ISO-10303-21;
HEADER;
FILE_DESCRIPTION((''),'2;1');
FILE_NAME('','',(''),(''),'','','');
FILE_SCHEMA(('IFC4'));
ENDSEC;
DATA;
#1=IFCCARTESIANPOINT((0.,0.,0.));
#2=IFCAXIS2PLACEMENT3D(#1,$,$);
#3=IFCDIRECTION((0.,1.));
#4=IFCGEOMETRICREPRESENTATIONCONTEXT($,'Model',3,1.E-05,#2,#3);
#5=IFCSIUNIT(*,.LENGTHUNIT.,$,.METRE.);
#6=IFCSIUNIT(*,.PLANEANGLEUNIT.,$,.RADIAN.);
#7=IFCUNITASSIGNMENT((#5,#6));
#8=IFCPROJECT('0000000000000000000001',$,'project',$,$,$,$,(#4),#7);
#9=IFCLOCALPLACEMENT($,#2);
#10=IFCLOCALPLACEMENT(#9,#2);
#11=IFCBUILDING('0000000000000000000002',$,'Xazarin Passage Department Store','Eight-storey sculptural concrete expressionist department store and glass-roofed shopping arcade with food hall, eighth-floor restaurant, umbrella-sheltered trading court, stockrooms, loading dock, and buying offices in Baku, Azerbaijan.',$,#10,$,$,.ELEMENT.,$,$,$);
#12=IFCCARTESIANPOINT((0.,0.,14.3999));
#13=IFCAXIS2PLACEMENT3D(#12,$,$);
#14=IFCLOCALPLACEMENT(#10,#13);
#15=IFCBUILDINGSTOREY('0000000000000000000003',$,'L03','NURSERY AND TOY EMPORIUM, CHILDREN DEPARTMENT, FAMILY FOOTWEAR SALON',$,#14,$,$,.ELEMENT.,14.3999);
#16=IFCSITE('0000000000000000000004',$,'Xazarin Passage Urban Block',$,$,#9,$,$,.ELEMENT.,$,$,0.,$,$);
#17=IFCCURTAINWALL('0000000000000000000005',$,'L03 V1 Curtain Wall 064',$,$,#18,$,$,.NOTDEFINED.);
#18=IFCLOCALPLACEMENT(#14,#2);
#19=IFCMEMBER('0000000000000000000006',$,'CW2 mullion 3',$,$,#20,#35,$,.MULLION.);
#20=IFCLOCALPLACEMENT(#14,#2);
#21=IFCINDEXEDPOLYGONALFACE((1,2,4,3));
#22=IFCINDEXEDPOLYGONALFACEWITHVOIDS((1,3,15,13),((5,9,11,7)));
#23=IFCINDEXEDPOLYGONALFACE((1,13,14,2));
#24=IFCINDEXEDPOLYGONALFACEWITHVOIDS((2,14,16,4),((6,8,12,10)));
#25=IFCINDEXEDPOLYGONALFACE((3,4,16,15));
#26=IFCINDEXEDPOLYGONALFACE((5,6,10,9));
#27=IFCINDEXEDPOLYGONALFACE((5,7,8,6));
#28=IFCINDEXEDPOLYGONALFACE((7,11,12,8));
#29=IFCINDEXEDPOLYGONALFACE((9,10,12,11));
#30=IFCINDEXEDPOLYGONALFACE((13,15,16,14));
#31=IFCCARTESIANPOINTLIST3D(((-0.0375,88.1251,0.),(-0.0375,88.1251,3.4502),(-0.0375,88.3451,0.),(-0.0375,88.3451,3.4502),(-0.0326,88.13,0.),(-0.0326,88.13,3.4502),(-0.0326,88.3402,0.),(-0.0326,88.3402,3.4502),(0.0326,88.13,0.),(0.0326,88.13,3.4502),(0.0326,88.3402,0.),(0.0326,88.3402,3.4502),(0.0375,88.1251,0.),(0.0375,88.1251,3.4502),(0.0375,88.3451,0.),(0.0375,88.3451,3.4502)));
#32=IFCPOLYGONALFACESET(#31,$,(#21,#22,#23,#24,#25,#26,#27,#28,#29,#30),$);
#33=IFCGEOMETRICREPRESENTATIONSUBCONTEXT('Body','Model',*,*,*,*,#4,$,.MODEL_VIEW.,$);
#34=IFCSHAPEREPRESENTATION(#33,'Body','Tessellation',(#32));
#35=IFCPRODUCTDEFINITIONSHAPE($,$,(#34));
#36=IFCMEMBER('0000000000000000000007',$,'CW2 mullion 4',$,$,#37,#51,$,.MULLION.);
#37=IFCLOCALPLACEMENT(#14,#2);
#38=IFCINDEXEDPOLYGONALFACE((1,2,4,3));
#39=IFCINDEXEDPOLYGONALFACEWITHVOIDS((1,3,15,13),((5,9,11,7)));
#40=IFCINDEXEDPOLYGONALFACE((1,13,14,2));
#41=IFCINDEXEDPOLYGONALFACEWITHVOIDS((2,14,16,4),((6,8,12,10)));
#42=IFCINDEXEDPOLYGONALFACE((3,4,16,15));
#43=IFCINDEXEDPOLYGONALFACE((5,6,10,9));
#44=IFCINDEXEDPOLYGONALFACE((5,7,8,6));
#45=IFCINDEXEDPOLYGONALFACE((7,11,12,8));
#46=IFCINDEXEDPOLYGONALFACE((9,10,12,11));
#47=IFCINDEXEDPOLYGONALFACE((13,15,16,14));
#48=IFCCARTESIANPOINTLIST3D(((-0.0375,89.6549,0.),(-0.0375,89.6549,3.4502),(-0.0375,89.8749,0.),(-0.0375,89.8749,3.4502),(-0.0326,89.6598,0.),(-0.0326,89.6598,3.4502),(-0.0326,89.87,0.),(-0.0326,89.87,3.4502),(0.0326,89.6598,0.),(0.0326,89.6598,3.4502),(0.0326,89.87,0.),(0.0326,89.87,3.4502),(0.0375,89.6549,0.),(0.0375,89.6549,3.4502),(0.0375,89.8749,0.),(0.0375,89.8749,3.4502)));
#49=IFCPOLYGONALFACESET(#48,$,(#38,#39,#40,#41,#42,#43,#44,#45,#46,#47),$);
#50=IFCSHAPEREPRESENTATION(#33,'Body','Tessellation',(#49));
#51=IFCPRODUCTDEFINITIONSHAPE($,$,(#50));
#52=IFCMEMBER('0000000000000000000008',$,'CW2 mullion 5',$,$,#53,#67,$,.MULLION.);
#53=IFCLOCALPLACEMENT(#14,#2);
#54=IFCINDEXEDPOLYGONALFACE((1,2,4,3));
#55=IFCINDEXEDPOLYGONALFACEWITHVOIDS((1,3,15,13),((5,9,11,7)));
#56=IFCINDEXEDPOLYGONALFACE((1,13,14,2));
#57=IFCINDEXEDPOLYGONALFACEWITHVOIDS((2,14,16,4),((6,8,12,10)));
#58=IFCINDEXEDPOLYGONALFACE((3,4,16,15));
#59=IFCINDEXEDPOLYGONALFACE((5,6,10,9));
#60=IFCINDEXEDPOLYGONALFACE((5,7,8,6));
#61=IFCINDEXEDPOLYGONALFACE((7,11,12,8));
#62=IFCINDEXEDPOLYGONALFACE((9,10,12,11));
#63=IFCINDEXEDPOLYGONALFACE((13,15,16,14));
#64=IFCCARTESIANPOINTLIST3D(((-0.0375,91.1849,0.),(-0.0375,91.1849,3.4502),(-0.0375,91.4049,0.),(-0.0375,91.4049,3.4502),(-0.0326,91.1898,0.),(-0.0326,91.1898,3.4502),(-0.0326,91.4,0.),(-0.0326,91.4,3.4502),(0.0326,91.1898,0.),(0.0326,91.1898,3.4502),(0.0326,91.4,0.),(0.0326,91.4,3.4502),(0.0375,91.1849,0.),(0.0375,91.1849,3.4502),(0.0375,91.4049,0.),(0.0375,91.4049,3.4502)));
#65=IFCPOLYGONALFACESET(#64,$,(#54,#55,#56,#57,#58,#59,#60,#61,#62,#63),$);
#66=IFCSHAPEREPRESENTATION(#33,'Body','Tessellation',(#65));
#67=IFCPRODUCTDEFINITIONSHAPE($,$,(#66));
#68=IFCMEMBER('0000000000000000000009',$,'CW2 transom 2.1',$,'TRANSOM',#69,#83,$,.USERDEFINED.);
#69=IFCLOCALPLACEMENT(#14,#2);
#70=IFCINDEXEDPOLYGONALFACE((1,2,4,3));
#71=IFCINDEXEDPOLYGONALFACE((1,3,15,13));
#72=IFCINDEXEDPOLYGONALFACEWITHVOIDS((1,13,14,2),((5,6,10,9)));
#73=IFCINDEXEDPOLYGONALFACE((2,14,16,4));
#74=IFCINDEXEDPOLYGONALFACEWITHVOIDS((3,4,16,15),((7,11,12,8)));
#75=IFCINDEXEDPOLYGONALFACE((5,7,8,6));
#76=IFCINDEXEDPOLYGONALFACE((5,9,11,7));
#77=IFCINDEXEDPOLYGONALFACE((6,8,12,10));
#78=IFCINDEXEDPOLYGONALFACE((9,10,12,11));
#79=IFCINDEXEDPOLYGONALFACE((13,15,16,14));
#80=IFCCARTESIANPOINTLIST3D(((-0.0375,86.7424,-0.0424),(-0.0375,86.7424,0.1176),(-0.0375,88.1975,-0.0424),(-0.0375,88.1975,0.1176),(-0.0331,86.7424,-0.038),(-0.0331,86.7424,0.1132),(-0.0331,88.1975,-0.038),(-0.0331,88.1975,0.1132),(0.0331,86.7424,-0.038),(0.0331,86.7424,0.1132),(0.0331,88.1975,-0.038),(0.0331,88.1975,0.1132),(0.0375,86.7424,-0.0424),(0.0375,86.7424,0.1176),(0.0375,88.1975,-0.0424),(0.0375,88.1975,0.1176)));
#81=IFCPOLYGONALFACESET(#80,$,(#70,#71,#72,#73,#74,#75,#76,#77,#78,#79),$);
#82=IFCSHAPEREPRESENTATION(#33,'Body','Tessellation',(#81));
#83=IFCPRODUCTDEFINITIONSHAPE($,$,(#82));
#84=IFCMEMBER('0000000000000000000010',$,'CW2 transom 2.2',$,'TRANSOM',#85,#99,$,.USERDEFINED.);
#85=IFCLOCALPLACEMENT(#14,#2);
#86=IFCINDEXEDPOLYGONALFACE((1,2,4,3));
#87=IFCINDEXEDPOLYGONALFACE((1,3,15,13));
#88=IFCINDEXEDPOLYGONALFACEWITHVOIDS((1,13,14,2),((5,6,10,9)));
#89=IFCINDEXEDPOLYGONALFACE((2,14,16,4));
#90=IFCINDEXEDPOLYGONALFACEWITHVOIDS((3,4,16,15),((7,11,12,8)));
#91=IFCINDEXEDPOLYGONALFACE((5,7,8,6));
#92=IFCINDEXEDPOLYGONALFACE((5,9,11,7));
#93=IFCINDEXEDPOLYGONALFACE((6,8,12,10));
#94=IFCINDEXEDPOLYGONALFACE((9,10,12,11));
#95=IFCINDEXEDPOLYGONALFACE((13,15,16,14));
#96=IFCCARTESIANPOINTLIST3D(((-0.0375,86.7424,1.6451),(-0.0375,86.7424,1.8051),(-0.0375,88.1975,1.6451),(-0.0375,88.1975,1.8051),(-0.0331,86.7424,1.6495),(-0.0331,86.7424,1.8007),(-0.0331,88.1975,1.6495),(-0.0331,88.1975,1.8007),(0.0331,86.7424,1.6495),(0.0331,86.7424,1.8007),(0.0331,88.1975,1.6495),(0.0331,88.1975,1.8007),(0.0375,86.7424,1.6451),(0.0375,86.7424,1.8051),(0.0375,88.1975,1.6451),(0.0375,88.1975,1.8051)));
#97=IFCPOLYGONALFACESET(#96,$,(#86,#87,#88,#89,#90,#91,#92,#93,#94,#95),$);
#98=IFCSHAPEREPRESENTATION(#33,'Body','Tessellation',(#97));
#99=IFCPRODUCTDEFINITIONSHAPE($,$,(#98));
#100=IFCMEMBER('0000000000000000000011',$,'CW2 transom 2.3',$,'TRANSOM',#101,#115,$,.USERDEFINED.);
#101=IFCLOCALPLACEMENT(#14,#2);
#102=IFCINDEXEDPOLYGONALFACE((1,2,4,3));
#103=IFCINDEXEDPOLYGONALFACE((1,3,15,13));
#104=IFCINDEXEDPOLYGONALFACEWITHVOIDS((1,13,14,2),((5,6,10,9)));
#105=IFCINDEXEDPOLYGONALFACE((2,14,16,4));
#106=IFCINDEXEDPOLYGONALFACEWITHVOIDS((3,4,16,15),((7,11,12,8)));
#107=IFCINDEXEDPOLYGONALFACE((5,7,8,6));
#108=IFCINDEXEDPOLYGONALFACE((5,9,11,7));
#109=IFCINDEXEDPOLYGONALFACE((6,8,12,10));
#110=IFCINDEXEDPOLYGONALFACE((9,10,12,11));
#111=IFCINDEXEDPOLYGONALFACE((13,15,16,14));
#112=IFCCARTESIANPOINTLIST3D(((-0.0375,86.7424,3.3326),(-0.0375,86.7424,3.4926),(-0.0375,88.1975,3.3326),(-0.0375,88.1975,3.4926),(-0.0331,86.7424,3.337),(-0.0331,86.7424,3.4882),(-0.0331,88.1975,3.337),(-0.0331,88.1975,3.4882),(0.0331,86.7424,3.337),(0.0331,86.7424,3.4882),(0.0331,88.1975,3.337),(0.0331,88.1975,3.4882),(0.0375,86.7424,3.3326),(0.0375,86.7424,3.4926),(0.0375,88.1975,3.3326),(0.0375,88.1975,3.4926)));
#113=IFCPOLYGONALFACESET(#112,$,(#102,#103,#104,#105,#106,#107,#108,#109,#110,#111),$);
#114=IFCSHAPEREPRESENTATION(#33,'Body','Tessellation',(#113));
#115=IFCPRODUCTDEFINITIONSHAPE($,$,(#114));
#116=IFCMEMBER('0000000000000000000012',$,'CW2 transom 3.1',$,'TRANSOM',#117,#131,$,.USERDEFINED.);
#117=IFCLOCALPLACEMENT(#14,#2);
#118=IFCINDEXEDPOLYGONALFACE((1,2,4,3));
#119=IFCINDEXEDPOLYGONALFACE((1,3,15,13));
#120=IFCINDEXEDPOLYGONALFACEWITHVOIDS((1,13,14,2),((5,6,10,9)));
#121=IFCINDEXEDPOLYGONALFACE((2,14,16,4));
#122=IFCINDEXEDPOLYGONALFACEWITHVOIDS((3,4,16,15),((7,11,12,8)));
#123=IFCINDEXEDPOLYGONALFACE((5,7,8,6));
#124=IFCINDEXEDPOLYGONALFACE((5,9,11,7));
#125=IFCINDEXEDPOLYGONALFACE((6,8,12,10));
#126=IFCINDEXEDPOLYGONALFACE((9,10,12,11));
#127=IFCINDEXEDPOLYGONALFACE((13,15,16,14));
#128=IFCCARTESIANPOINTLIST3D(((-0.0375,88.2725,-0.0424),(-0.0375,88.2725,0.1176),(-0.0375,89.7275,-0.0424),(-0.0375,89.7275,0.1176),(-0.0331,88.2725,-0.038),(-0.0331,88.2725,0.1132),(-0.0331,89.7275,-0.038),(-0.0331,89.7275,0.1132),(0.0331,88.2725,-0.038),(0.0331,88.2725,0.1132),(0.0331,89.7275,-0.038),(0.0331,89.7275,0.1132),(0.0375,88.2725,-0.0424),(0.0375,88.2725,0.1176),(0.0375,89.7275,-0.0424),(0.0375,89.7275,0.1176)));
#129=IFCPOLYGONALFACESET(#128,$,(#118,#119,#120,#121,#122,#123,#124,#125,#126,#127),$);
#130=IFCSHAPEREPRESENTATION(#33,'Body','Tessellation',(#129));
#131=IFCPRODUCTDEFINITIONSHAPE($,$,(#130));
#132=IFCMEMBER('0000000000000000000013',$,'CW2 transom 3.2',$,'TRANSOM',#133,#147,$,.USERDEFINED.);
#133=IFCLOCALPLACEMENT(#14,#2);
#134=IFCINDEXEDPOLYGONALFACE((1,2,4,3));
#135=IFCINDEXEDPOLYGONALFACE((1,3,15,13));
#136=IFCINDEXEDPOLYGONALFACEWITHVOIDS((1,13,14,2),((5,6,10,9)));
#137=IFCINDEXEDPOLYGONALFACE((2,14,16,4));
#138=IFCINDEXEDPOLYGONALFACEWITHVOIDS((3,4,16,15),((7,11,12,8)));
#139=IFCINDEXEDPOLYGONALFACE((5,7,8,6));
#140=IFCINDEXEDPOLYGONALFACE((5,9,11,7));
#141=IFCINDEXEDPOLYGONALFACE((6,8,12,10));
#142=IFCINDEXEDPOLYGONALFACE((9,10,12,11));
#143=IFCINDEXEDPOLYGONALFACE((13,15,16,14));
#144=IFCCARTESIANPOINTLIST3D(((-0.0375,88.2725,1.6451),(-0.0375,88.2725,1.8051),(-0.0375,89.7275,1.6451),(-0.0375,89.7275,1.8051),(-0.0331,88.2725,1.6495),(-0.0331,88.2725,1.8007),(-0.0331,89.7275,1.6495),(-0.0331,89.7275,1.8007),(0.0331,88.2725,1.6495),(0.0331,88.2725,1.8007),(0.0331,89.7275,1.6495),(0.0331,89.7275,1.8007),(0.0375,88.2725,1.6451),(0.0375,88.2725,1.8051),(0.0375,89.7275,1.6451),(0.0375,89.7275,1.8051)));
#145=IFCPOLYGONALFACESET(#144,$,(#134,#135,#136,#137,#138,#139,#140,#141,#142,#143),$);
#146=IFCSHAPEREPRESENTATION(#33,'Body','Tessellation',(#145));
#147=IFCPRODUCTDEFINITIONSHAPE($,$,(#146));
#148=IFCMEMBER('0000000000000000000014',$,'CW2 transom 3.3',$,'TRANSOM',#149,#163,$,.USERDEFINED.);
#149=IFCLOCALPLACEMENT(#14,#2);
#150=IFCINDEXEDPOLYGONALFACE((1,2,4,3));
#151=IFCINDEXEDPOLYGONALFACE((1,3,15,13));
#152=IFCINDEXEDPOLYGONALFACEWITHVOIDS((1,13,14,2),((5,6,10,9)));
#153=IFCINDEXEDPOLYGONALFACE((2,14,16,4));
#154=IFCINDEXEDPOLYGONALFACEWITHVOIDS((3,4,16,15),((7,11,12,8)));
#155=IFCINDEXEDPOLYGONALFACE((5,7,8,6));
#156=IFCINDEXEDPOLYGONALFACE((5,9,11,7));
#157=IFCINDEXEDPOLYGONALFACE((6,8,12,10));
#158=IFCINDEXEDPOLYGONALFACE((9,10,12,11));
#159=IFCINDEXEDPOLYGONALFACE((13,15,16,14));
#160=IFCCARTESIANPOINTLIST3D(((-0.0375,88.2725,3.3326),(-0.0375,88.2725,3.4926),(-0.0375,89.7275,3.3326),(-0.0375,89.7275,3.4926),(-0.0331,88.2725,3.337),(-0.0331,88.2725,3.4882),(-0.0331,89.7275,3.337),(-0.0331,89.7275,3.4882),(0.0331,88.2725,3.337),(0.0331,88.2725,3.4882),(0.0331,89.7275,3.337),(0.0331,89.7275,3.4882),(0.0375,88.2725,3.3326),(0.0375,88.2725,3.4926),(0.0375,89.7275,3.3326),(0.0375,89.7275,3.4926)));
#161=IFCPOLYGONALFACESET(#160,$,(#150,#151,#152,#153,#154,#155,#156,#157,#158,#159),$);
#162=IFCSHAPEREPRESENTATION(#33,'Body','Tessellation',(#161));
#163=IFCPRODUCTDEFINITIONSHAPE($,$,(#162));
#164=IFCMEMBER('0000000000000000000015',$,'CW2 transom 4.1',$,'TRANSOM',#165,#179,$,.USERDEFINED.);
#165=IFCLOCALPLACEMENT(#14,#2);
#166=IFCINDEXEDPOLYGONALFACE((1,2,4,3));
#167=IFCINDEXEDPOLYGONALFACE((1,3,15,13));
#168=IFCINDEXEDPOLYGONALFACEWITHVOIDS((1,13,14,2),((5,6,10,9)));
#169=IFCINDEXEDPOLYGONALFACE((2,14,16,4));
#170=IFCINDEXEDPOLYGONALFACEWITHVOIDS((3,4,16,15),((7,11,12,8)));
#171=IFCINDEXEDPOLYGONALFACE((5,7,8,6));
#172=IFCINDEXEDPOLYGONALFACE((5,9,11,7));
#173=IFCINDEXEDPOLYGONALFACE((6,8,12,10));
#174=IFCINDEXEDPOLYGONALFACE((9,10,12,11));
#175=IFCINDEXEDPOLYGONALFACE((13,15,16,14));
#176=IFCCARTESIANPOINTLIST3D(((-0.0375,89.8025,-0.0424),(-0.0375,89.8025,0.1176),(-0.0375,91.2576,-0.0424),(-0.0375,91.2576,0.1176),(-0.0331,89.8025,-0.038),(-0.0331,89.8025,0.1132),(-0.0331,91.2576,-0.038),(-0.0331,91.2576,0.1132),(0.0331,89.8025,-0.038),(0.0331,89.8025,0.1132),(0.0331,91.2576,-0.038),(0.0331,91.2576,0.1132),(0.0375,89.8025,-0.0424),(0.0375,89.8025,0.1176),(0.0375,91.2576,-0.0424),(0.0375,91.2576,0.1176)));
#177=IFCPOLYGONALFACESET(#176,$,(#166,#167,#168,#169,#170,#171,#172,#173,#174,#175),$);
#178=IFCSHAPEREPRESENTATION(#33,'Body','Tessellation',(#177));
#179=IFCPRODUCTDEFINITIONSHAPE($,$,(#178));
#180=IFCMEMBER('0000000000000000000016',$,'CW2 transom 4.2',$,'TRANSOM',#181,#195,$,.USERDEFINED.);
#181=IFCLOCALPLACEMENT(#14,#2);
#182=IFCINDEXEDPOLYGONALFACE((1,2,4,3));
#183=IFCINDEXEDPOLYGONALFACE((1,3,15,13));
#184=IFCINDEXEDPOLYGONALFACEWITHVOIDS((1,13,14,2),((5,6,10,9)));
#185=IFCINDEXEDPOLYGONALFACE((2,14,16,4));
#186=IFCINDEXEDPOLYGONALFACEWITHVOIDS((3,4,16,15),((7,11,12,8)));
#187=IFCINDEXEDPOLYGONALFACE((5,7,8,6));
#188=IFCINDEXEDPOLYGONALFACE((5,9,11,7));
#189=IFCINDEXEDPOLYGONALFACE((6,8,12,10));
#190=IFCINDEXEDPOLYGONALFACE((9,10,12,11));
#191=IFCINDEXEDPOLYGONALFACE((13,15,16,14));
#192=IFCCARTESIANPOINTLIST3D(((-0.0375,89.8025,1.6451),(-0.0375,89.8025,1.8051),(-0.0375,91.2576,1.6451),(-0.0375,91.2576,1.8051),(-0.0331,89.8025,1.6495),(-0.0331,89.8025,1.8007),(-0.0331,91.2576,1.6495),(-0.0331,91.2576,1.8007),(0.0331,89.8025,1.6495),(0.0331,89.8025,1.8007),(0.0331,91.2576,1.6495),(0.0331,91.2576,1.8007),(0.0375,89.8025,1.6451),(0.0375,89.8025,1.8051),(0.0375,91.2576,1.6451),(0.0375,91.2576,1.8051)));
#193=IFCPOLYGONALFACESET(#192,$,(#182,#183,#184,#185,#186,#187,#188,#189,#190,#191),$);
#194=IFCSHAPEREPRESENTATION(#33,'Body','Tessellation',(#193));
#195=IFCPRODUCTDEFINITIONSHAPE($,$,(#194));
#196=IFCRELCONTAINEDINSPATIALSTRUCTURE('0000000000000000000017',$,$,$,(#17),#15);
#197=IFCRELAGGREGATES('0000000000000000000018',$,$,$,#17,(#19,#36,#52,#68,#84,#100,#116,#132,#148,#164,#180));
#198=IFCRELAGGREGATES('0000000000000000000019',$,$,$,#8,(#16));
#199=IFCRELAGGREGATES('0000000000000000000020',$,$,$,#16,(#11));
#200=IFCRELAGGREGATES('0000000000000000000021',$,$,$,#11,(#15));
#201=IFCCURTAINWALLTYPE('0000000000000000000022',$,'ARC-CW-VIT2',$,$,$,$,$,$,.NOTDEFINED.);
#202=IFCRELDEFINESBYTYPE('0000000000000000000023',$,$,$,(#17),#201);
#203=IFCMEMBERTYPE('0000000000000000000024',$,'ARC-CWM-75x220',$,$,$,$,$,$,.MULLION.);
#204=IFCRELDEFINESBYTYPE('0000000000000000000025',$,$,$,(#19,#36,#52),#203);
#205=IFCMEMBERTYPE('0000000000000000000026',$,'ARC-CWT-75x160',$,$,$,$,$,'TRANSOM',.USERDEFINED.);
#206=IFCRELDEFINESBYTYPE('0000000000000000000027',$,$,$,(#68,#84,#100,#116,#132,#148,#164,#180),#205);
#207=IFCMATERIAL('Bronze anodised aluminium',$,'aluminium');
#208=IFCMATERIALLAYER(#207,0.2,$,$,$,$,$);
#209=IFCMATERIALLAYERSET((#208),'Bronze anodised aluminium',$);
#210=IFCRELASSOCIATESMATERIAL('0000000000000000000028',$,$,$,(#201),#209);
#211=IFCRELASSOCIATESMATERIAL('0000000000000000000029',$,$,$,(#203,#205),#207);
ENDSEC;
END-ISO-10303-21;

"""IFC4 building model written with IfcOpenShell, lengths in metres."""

from ifc_helpers import new_model, si_unit, direction, frame, origin, origin_2d, place, context, subcontext, project, spatial, hollow_rectangle, extrude, material, layer, layer_set, material_profile, profile_set, type_object, element, aggregate, save


model = new_model("IFC4")

# Units and contexts
model_context = context("Model", 3, precision=1e-05, world=origin(), true_north=direction((0.0, 1.0)))
body_context = subcontext(model_context, "Body", "Model", "MODEL_VIEW")
ifc_project = project(units=[si_unit("LENGTHUNIT", "METRE"), si_unit("PLANEANGLEUNIT", "RADIAN")], contexts=[model_context])

# Site, building, storey
site_placement = place(None, origin())
site = spatial("IfcSite", under=ifc_project, at=site_placement, Name="Xazarin Passage Urban Block", CompositionType="ELEMENT", RefElevation=0.0)
building_placement = place(site_placement, origin())
building = spatial("IfcBuilding", under=site, at=building_placement, Name="Xazarin Passage Department Store", Description="Eight-storey sculptural concrete expressionist department store and glass-roofed shopping arcade with food hall, eighth-floor restaurant, umbrella-sheltered trading court, stockrooms, loading dock, and buying offices in Baku, Azerbaijan.", CompositionType="ELEMENT")
storey_placement = place(building_placement, frame((0.0, 0.0, 14.3999)))
storey = spatial("IfcBuildingStorey", under=building, at=storey_placement, Name="L03", Description="NURSERY AND TOY EMPORIUM, CHILDREN DEPARTMENT, FAMILY FOOTWEAR SALON", CompositionType="ELEMENT", Elevation=14.3999)

# Curtain wall, members
ifc_material_1 = material(Name="Bronze anodised aluminium", Category="aluminium")
ifc_layer_1 = layer(ifc_material_1, 0.2)
ifc_layer_set_1 = layer_set([ifc_layer_1], Name="Bronze anodised aluminium")
curtain_wall_type = type_object("IfcCurtainWallType", Name="ARC-CW-VIT2", PredefinedType="NOTDEFINED", material=ifc_layer_set_1)
curtain_wall_placement = place(storey_placement, origin())
curtain_wall = element("IfcCurtainWall", 1, at=curtain_wall_placement, inside=storey, type_object=curtain_wall_type, Name="L03 V1 Curtain Wall 064", PredefinedType="NOTDEFINED")
ifc_material_profile_1 = material_profile(ifc_material_1, hollow_rectangle(XDim=0.075, YDim=0.22, WallThickness=0.0049, at=origin_2d()), Name="ALU 75x220")
ifc_profile_set_1 = profile_set([ifc_material_profile_1], Name="Bronze anodised aluminium")
member_type_1 = type_object("IfcMemberType", Name="ARC-CWM-75x220", PredefinedType="MULLION", material=ifc_profile_set_1)
member_1_placement = place(storey_placement, frame((0.0, 88.2351, 0.0), z_axis=(0.0, 0.0, 1.0), x_axis=(-1.0, 0.0, 0.0)))
member_1 = element("IfcMember", 2, at=member_1_placement, type_object=member_type_1, Name="CW2 mullion 3", PredefinedType="MULLION", context=body_context, shape_type="SweptSolid", body=[
    extrude(hollow_rectangle(XDim=0.075, YDim=0.22, WallThickness=0.0049, at=origin_2d()), origin(), (0.0, 0.0, 1.0), 3.4502),
])
member_2_placement = place(storey_placement, frame((0.0, 89.7649, 0.0), z_axis=(0.0, 0.0, 1.0), x_axis=(-1.0, 0.0, 0.0)))
member_2 = element("IfcMember", 3, at=member_2_placement, type_object=member_type_1, Name="CW2 mullion 4", PredefinedType="MULLION", context=body_context, shape_type="SweptSolid", body=[
    extrude(hollow_rectangle(XDim=0.075, YDim=0.22, WallThickness=0.0049, at=origin_2d()), origin(), (0.0, 0.0, 1.0), 3.4502),
])
member_3_placement = place(storey_placement, frame((0.0, 91.2949, 0.0), z_axis=(0.0, 0.0, 1.0), x_axis=(-1.0, 0.0, 0.0)))
member_3 = element("IfcMember", 4, at=member_3_placement, type_object=member_type_1, Name="CW2 mullion 5", PredefinedType="MULLION", context=body_context, shape_type="SweptSolid", body=[
    extrude(hollow_rectangle(XDim=0.075, YDim=0.22, WallThickness=0.0049, at=origin_2d()), origin(), (0.0, 0.0, 1.0), 3.4502),
])
ifc_material_profile_2 = material_profile(ifc_material_1, hollow_rectangle(XDim=0.075, YDim=0.1599, WallThickness=0.0044, at=origin_2d()), Name="ALU 75x160")
ifc_profile_set_2 = profile_set([ifc_material_profile_2], Name="Bronze anodised aluminium")
member_type_2 = type_object("IfcMemberType", Name="ARC-CWT-75x160", ElementType="TRANSOM", PredefinedType="USERDEFINED", material=ifc_profile_set_2)
member_4_placement = place(storey_placement, frame((0.0, 86.7424, 0.0376), z_axis=(0.0, 1.0, 0.0), x_axis=(-1.0, 0.0, 0.0)))
member_4 = element("IfcMember", 5, at=member_4_placement, type_object=member_type_2, Name="CW2 transom 2.1", ObjectType="TRANSOM", PredefinedType="USERDEFINED", context=body_context, shape_type="SweptSolid", body=[
    extrude(hollow_rectangle(XDim=0.075, YDim=0.1599, WallThickness=0.0044, at=origin_2d()), origin(), (0.0, 0.0, 1.0), 1.4551),
])
member_5_placement = place(storey_placement, frame((0.0, 86.7424, 1.7251), z_axis=(0.0, 1.0, 0.0), x_axis=(-1.0, 0.0, 0.0)))
member_5 = element("IfcMember", 6, at=member_5_placement, type_object=member_type_2, Name="CW2 transom 2.2", ObjectType="TRANSOM", PredefinedType="USERDEFINED", context=body_context, shape_type="SweptSolid", body=[
    extrude(hollow_rectangle(XDim=0.075, YDim=0.1599, WallThickness=0.0044, at=origin_2d()), origin(), (0.0, 0.0, 1.0), 1.4551),
])
member_6_placement = place(storey_placement, frame((0.0, 86.7424, 3.4126), z_axis=(0.0, 1.0, 0.0), x_axis=(-1.0, 0.0, 0.0)))
member_6 = element("IfcMember", 7, at=member_6_placement, type_object=member_type_2, Name="CW2 transom 2.3", ObjectType="TRANSOM", PredefinedType="USERDEFINED", context=body_context, shape_type="SweptSolid", body=[
    extrude(hollow_rectangle(XDim=0.075, YDim=0.1599, WallThickness=0.0044, at=origin_2d()), origin(), (0.0, 0.0, 1.0), 1.4551),
])
member_7_placement = place(storey_placement, frame((0.0, 88.2725, 0.0376), z_axis=(0.0, 1.0, 0.0), x_axis=(-1.0, 0.0, 0.0)))
member_7 = element("IfcMember", 8, at=member_7_placement, type_object=member_type_2, Name="CW2 transom 3.1", ObjectType="TRANSOM", PredefinedType="USERDEFINED", context=body_context, shape_type="SweptSolid", body=[
    extrude(hollow_rectangle(XDim=0.075, YDim=0.1599, WallThickness=0.0044, at=origin_2d()), origin(), (0.0, 0.0, 1.0), 1.4551),
])
member_8_placement = place(storey_placement, frame((0.0, 88.2725, 1.7251), z_axis=(0.0, 1.0, 0.0), x_axis=(-1.0, 0.0, 0.0)))
member_8 = element("IfcMember", 9, at=member_8_placement, type_object=member_type_2, Name="CW2 transom 3.2", ObjectType="TRANSOM", PredefinedType="USERDEFINED", context=body_context, shape_type="SweptSolid", body=[
    extrude(hollow_rectangle(XDim=0.075, YDim=0.1599, WallThickness=0.0044, at=origin_2d()), origin(), (0.0, 0.0, 1.0), 1.4551),
])
member_9_placement = place(storey_placement, frame((0.0, 88.2725, 3.4126), z_axis=(0.0, 1.0, 0.0), x_axis=(-1.0, 0.0, 0.0)))
member_9 = element("IfcMember", 10, at=member_9_placement, type_object=member_type_2, Name="CW2 transom 3.3", ObjectType="TRANSOM", PredefinedType="USERDEFINED", context=body_context, shape_type="SweptSolid", body=[
    extrude(hollow_rectangle(XDim=0.075, YDim=0.1599, WallThickness=0.0044, at=origin_2d()), origin(), (0.0, 0.0, 1.0), 1.4551),
])
member_10_placement = place(storey_placement, frame((0.0, 89.8025, 0.0376), z_axis=(0.0, 1.0, 0.0), x_axis=(-1.0, 0.0, 0.0)))
member_10 = element("IfcMember", 11, at=member_10_placement, type_object=member_type_2, Name="CW2 transom 4.1", ObjectType="TRANSOM", PredefinedType="USERDEFINED", context=body_context, shape_type="SweptSolid", body=[
    extrude(hollow_rectangle(XDim=0.075, YDim=0.1599, WallThickness=0.0044, at=origin_2d()), origin(), (0.0, 0.0, 1.0), 1.4551),
])
member_11_placement = place(storey_placement, frame((0.0, 89.8025, 1.7251), z_axis=(0.0, 1.0, 0.0), x_axis=(-1.0, 0.0, 0.0)))
member_11 = element("IfcMember", 12, at=member_11_placement, type_object=member_type_2, Name="CW2 transom 4.2", ObjectType="TRANSOM", PredefinedType="USERDEFINED", context=body_context, shape_type="SweptSolid", body=[
    extrude(hollow_rectangle(XDim=0.075, YDim=0.1599, WallThickness=0.0044, at=origin_2d()), origin(), (0.0, 0.0, 1.0), 1.4551),
])
aggregate(curtain_wall, [member_1, member_2, member_3, member_4, member_5, member_6, member_7, member_8, member_9, member_10, member_11])

save(model, "model.ifc")
